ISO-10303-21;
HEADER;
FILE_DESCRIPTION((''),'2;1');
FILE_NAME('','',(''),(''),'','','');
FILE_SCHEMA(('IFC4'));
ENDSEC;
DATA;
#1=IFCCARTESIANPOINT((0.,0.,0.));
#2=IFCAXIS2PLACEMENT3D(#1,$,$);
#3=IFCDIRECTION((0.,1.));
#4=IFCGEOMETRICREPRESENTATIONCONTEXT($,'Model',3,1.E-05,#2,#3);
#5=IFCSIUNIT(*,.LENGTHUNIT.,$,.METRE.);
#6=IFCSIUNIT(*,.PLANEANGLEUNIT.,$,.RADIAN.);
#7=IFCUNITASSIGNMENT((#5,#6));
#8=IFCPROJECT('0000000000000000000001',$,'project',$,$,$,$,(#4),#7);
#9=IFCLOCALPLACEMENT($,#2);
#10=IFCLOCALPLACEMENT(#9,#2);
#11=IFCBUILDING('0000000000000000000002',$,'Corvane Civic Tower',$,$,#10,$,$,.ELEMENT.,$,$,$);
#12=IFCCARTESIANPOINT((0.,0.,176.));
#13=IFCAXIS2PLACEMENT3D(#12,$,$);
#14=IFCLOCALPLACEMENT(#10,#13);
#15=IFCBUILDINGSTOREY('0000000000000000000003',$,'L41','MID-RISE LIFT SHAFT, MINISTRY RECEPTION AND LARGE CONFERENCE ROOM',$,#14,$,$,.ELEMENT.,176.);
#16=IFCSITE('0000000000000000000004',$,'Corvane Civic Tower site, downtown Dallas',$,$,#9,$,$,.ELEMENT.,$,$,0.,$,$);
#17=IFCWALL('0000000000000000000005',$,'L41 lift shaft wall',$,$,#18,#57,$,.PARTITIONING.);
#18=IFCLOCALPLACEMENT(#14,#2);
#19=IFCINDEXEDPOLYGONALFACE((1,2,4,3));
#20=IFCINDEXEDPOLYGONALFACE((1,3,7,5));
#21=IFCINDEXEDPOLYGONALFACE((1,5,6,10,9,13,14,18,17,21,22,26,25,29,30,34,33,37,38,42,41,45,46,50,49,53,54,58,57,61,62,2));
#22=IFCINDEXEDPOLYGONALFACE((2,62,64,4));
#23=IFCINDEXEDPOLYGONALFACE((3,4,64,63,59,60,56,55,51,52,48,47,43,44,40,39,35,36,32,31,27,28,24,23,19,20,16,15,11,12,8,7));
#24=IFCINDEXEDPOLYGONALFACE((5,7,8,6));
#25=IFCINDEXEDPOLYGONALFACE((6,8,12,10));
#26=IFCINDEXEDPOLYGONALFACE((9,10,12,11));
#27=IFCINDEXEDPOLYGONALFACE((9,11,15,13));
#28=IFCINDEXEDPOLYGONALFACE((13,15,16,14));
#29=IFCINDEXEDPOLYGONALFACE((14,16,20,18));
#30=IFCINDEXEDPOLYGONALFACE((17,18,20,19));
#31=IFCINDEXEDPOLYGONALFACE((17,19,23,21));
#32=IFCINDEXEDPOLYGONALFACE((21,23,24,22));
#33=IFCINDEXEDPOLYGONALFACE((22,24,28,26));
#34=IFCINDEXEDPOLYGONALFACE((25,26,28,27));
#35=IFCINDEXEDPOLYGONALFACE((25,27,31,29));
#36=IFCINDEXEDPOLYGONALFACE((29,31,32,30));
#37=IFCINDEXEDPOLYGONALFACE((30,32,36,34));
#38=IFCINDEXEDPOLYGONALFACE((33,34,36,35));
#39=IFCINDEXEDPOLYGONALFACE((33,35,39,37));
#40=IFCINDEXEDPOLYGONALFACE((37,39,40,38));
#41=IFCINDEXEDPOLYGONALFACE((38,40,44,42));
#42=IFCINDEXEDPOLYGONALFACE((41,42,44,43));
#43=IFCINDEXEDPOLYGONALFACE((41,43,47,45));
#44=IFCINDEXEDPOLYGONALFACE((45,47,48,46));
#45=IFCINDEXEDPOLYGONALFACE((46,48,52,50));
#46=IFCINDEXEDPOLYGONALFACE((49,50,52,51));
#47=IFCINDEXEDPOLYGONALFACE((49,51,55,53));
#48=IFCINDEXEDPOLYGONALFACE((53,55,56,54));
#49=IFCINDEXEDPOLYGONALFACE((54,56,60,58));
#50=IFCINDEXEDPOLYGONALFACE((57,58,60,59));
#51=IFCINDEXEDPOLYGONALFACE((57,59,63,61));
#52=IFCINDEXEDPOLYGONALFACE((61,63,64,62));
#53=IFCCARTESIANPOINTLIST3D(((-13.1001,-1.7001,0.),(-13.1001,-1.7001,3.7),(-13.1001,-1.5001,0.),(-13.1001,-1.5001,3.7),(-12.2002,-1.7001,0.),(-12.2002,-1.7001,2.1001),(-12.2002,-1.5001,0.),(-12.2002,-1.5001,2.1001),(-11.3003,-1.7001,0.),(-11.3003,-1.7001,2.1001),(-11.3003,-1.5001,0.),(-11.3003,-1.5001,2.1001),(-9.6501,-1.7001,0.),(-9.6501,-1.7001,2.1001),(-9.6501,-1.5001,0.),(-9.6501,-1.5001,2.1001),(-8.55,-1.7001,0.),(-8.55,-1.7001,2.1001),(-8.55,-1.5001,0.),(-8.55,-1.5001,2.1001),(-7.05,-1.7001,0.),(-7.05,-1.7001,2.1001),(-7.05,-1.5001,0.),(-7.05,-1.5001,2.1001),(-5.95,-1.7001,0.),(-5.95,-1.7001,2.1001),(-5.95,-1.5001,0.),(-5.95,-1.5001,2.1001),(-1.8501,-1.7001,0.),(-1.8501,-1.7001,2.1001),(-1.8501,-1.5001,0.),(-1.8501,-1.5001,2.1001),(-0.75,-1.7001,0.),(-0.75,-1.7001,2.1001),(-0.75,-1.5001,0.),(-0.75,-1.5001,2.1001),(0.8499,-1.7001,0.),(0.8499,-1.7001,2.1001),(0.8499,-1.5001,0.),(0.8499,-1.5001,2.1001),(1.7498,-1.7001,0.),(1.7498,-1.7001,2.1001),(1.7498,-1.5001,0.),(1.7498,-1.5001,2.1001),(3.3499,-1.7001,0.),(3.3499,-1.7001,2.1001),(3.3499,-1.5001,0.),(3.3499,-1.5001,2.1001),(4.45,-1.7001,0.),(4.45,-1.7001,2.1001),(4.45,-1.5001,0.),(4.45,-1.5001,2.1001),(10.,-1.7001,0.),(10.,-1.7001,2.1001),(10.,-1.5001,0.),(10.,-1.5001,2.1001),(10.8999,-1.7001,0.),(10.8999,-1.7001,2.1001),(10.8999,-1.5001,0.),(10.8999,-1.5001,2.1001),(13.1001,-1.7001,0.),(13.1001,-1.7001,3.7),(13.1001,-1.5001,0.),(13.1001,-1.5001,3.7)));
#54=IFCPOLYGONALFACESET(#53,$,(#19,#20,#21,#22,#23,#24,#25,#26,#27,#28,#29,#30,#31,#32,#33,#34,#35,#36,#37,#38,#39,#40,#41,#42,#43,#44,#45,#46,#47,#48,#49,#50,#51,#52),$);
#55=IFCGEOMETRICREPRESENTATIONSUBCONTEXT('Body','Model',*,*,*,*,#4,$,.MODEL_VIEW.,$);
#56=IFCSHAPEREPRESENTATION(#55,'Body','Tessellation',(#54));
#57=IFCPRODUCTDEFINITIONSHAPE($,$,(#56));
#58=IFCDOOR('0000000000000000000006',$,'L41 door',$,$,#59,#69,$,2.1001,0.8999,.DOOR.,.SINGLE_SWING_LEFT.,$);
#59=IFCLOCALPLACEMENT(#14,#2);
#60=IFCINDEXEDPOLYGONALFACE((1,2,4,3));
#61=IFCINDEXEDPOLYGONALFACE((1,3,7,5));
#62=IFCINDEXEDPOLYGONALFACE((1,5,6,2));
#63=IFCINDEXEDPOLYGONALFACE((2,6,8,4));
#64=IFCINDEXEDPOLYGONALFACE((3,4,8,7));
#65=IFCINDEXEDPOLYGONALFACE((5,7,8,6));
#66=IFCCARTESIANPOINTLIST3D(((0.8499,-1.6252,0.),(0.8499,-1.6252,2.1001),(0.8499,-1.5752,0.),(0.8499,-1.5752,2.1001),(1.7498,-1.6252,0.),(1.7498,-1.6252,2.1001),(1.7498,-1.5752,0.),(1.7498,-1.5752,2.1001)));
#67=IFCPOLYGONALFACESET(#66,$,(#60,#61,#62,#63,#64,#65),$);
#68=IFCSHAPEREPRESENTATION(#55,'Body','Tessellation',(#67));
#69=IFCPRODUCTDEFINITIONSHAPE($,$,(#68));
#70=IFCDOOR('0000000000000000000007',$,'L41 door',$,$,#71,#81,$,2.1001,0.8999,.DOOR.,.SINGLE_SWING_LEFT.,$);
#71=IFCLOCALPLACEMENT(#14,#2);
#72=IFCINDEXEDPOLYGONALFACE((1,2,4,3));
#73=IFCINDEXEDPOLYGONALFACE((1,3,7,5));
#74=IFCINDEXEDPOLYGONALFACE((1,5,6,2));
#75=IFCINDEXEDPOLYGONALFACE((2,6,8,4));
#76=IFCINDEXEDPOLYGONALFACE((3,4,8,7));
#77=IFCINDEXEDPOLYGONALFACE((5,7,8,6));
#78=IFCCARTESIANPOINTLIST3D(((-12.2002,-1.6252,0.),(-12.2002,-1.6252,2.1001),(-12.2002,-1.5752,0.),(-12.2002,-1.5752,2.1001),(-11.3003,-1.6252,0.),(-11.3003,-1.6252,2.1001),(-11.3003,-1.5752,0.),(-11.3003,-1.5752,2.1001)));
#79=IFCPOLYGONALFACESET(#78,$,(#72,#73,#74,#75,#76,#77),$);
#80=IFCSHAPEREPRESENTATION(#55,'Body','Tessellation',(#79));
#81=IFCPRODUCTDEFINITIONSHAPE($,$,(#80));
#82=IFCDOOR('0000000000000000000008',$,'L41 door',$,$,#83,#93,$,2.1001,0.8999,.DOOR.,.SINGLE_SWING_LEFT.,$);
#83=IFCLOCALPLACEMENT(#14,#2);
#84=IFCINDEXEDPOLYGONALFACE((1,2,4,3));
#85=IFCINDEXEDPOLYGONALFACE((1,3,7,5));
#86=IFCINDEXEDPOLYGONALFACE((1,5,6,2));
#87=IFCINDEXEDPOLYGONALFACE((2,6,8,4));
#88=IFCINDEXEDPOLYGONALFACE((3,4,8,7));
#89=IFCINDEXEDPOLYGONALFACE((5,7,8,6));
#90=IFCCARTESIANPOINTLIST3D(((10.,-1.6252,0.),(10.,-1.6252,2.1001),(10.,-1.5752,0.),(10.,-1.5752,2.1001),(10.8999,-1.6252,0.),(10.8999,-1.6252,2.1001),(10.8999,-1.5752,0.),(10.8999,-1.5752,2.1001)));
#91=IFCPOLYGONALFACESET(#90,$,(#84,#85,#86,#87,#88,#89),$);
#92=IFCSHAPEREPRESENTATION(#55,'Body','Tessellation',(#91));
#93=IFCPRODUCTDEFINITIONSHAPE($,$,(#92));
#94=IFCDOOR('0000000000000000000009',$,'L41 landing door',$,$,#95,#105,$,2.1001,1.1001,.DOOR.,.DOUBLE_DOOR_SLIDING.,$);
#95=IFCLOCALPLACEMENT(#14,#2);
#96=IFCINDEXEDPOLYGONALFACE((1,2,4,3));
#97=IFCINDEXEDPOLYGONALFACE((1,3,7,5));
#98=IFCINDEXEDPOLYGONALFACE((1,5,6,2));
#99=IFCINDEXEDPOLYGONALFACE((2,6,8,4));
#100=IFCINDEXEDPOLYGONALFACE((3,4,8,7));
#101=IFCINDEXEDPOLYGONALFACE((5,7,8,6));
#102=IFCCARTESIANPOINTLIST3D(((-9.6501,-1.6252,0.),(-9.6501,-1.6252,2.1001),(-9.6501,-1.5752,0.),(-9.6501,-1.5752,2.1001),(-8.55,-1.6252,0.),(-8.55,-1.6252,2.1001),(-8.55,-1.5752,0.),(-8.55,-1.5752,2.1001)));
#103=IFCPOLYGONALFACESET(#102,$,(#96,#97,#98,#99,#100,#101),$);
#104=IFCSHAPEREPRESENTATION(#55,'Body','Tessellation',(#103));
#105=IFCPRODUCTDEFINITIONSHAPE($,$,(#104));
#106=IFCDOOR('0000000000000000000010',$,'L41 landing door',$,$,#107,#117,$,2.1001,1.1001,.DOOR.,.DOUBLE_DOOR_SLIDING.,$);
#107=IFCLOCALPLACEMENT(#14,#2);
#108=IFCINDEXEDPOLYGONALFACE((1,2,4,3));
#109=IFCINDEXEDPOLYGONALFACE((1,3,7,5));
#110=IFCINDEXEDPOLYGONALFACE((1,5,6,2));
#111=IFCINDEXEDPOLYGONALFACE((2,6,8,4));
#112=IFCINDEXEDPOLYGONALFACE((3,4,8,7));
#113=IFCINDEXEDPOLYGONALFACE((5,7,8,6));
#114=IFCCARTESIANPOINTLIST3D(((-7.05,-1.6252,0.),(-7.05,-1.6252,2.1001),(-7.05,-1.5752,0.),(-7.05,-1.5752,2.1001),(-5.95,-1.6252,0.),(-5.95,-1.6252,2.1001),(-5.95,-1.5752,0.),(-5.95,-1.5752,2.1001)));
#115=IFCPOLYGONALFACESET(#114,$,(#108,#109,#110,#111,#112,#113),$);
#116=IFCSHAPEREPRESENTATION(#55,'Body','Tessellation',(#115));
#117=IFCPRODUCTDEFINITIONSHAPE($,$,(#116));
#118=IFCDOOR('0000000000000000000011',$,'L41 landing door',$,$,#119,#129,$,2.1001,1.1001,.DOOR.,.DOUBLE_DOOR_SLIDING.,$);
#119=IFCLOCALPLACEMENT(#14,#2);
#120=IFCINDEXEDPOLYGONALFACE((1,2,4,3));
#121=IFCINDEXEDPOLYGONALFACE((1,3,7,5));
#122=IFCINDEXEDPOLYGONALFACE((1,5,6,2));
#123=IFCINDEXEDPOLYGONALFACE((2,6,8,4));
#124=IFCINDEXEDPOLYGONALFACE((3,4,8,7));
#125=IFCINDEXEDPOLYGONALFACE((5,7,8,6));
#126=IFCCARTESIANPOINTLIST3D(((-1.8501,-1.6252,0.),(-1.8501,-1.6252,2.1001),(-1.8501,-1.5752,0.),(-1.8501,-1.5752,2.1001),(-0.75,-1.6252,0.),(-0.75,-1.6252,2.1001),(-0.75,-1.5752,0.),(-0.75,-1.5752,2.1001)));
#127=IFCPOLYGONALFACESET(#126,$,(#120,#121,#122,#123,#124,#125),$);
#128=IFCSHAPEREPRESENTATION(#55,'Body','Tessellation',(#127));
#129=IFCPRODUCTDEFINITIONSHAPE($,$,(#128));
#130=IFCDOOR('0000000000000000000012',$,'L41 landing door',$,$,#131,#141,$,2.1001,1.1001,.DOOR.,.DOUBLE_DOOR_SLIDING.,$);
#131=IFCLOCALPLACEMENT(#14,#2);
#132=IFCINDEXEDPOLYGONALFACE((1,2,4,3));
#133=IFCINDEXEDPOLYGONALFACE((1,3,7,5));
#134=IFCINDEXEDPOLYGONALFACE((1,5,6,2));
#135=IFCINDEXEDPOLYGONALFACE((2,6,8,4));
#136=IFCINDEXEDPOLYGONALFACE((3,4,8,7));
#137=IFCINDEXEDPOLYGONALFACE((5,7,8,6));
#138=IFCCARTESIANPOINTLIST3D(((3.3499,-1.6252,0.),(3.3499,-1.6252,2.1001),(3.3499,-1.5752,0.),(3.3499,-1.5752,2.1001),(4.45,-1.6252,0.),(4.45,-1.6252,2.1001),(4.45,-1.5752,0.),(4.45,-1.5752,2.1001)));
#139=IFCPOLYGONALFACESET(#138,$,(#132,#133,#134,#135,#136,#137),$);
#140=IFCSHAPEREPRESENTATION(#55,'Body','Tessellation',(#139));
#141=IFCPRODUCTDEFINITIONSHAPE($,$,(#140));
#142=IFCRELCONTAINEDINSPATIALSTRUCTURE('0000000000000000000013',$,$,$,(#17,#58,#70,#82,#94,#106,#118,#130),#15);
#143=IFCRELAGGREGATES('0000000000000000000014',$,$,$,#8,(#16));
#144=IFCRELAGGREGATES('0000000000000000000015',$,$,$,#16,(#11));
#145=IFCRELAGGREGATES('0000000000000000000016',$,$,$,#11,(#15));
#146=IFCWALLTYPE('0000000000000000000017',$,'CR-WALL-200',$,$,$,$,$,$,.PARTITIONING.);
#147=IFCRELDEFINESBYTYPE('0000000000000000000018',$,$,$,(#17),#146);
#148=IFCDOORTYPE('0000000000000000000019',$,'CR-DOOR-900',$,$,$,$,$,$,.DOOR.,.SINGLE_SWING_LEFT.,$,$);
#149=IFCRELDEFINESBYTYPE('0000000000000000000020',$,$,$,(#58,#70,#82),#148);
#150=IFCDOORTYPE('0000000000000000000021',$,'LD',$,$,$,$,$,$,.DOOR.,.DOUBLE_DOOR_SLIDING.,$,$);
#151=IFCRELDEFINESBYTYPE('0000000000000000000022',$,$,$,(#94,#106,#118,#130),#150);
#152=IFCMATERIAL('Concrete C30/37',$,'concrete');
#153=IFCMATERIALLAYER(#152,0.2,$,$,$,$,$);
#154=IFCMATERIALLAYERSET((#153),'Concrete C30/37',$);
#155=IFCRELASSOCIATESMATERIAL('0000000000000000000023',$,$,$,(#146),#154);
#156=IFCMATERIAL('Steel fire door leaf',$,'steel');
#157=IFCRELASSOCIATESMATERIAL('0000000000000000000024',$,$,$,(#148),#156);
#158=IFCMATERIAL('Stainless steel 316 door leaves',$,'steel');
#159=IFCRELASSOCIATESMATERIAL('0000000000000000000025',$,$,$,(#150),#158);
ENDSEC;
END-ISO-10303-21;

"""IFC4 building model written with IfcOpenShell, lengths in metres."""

from ifc_helpers import new_model, si_unit, direction, frame, frame_2d, origin, place, context, subcontext, project, spatial, rectangle, extrude, material, layer, layer_set, type_object, element, fill, save


model = new_model("IFC4")

# Units and contexts
model_context = context("Model", 3, precision=1e-05, world=origin(), true_north=direction((0.0, 1.0)))
body_context = subcontext(model_context, "Body", "Model", "MODEL_VIEW")
ifc_project = project(units=[si_unit("LENGTHUNIT", "METRE"), si_unit("PLANEANGLEUNIT", "RADIAN")], contexts=[model_context])

# Site, building, storey
site_placement = place(None, origin())
site = spatial("IfcSite", under=ifc_project, at=site_placement, Name="Corvane Civic Tower site, downtown Dallas", CompositionType="ELEMENT", RefElevation=0.0)
building_placement = place(site_placement, origin())
building = spatial("IfcBuilding", under=site, at=building_placement, Name="Corvane Civic Tower", CompositionType="ELEMENT")
storey_placement = place(building_placement, frame((0.0, 0.0, 176.0)))
storey = spatial("IfcBuildingStorey", under=building, at=storey_placement, Name="L41", Description="MID-RISE LIFT SHAFT, MINISTRY RECEPTION AND LARGE CONFERENCE ROOM", CompositionType="ELEMENT", Elevation=176.0)

# Shared definitions
ifc_material_1 = material(Name="Concrete C30/37", Category="concrete")
ifc_layer_1 = layer(ifc_material_1, 0.2)
ifc_layer_set_1 = layer_set([ifc_layer_1], Name="Concrete C30/37")
wall_type_1 = type_object("IfcWallType", Name="CR-WALL-200", PredefinedType="PARTITIONING", material=ifc_layer_set_1)
ifc_material_2 = material(Name="Steel fire door leaf", Category="steel")
door_type_1 = type_object("IfcDoorType", Name="CR-DOOR-900", OperationType="SINGLE_SWING_LEFT", PredefinedType="DOOR", material=ifc_material_2)

# Wall, openings, doors
wall_1_placement = place(storey_placement, frame((-13.1001, -1.6001, 0.0), z_axis=(0.0, 0.0, 1.0), x_axis=(1.0, 0.0, 0.0)))
wall_1 = element("IfcWall", 1, at=wall_1_placement, inside=storey, type_object=wall_type_1, Name="L41 lift shaft wall", PredefinedType="PARTITIONING", context=body_context, shape_type="SweptSolid", body=[
    extrude(rectangle(XDim=26.2002, YDim=0.2, at=frame_2d((13.1001, 0.0))), origin(), (0.0, 0.0, 1.0), 3.7),
])
opening_1_placement = place(wall_1_placement, frame((3.45, 0.0, 0.0)))
opening_1 = element("IfcOpeningElement", 2, at=opening_1_placement, cuts=wall_1, PredefinedType="OPENING", context=body_context, shape_type="SweptSolid", body=[
    extrude(rectangle(XDim=1.1001, YDim=2.1001, at=frame_2d((0.55, 1.05))), frame((0.0, 0.1099, 0.0), z_axis=(0.0, -1.0, 0.0), x_axis=(1.0, 0.0, 0.0)), (0.0, 0.0, 1.0), 0.22),
])
opening_2_placement = place(wall_1_placement, frame((6.05, 0.0, 0.0)))
opening_2 = element("IfcOpeningElement", 3, at=opening_2_placement, cuts=wall_1, PredefinedType="OPENING", context=body_context, shape_type="SweptSolid", body=[
    extrude(rectangle(XDim=1.1001, YDim=2.1001, at=frame_2d((0.55, 1.05))), frame((0.0, 0.1099, 0.0), z_axis=(0.0, -1.0, 0.0), x_axis=(1.0, 0.0, 0.0)), (0.0, 0.0, 1.0), 0.22),
])
opening_3_placement = place(wall_1_placement, frame((11.25, 0.0, 0.0)))
opening_3 = element("IfcOpeningElement", 4, at=opening_3_placement, cuts=wall_1, PredefinedType="OPENING", context=body_context, shape_type="SweptSolid", body=[
    extrude(rectangle(XDim=1.1001, YDim=2.1001, at=frame_2d((0.55, 1.05))), frame((0.0, 0.1099, 0.0), z_axis=(0.0, -1.0, 0.0), x_axis=(1.0, 0.0, 0.0)), (0.0, 0.0, 1.0), 0.22),
])
opening_4_placement = place(wall_1_placement, frame((13.95, 0.0, 0.0)))
opening_4 = element("IfcOpeningElement", 5, at=opening_4_placement, cuts=wall_1, PredefinedType="OPENING", context=body_context, shape_type="SweptSolid", body=[
    extrude(rectangle(XDim=0.8999, YDim=2.1001, at=frame_2d((0.45, 1.05))), frame((0.0, 0.1099, 0.0), z_axis=(0.0, -1.0, 0.0), x_axis=(1.0, 0.0, 0.0)), (0.0, 0.0, 1.0), 0.22),
])
opening_5_placement = place(wall_1_placement, frame((16.45, 0.0, 0.0)))
opening_5 = element("IfcOpeningElement", 6, at=opening_5_placement, cuts=wall_1, PredefinedType="OPENING", context=body_context, shape_type="SweptSolid", body=[
    extrude(rectangle(XDim=1.1001, YDim=2.1001, at=frame_2d((0.55, 1.05))), frame((0.0, 0.1099, 0.0), z_axis=(0.0, -1.0, 0.0), x_axis=(1.0, 0.0, 0.0)), (0.0, 0.0, 1.0), 0.22),
])
opening_6_placement = place(wall_1_placement, frame((0.8999, 0.0, 0.0)))
opening_6 = element("IfcOpeningElement", 7, at=opening_6_placement, cuts=wall_1, PredefinedType="OPENING", context=body_context, shape_type="SweptSolid", body=[
    extrude(rectangle(XDim=0.8999, YDim=2.1001, at=frame_2d((0.45, 1.05))), frame((0.0, 0.1099, 0.0), z_axis=(0.0, -1.0, 0.0), x_axis=(1.0, 0.0, 0.0)), (0.0, 0.0, 1.0), 0.22),
])
opening_7_placement = place(wall_1_placement, frame((23.1001, 0.0, 0.0)))
opening_7 = element("IfcOpeningElement", 8, at=opening_7_placement, cuts=wall_1, PredefinedType="OPENING", context=body_context, shape_type="SweptSolid", body=[
    extrude(rectangle(XDim=0.8999, YDim=2.1001, at=frame_2d((0.45, 1.05))), frame((0.0, 0.1099, 0.0), z_axis=(0.0, -1.0, 0.0), x_axis=(1.0, 0.0, 0.0)), (0.0, 0.0, 1.0), 0.22),
])
door_1_placement = place(opening_4_placement, origin())
door_1 = element("IfcDoor", 9, at=door_1_placement, inside=storey, type_object=door_type_1, Name="L41 door", OperationType="SINGLE_SWING_LEFT", OverallHeight=2.1001, OverallWidth=0.8999, PredefinedType="DOOR", context=body_context, shape_type="SweptSolid", body=[
    extrude(rectangle(XDim=0.8999, YDim=2.1001, at=frame_2d((0.45, 1.05))), frame((0.0, 0.0249, 0.0), z_axis=(0.0, -1.0, 0.0), x_axis=(1.0, 0.0, 0.0)), (0.0, 0.0, 1.0), 0.05),
])
fill(opening_4, door_1)
door_2_placement = place(opening_6_placement, origin())
door_2 = element("IfcDoor", 10, at=door_2_placement, inside=storey, type_object=door_type_1, Name="L41 door", OperationType="SINGLE_SWING_LEFT", OverallHeight=2.1001, OverallWidth=0.8999, PredefinedType="DOOR", context=body_context, shape_type="SweptSolid", body=[
    extrude(rectangle(XDim=0.8999, YDim=2.1001, at=frame_2d((0.45, 1.05))), frame((0.0, 0.0249, 0.0), z_axis=(0.0, -1.0, 0.0), x_axis=(1.0, 0.0, 0.0)), (0.0, 0.0, 1.0), 0.05),
])
fill(opening_6, door_2)
door_3_placement = place(opening_7_placement, origin())
door_3 = element("IfcDoor", 11, at=door_3_placement, inside=storey, type_object=door_type_1, Name="L41 door", OperationType="SINGLE_SWING_LEFT", OverallHeight=2.1001, OverallWidth=0.8999, PredefinedType="DOOR", context=body_context, shape_type="SweptSolid", body=[
    extrude(rectangle(XDim=0.8999, YDim=2.1001, at=frame_2d((0.45, 1.05))), frame((0.0, 0.0249, 0.0), z_axis=(0.0, -1.0, 0.0), x_axis=(1.0, 0.0, 0.0)), (0.0, 0.0, 1.0), 0.05),
])
fill(opening_7, door_3)
ifc_material_3 = material(Name="Stainless steel 316 door leaves", Category="steel")
door_type_2 = type_object("IfcDoorType", Name="LD", OperationType="DOUBLE_DOOR_SLIDING", PredefinedType="DOOR", material=ifc_material_3)
door_4_placement = place(opening_1_placement, origin())
door_4 = element("IfcDoor", 12, at=door_4_placement, inside=storey, type_object=door_type_2, Name="L41 landing door", OperationType="DOUBLE_DOOR_SLIDING", OverallHeight=2.1001, OverallWidth=1.1001, PredefinedType="DOOR", context=body_context, shape_type="SweptSolid", body=[
    extrude(rectangle(XDim=1.1001, YDim=2.1001, at=frame_2d((0.55, 1.05))), frame((0.0, 0.0249, 0.0), z_axis=(0.0, -1.0, 0.0), x_axis=(1.0, 0.0, 0.0)), (0.0, 0.0, 1.0), 0.05),
])
fill(opening_1, door_4)
door_5_placement = place(opening_2_placement, origin())
door_5 = element("IfcDoor", 13, at=door_5_placement, inside=storey, type_object=door_type_2, Name="L41 landing door", OperationType="DOUBLE_DOOR_SLIDING", OverallHeight=2.1001, OverallWidth=1.1001, PredefinedType="DOOR", context=body_context, shape_type="SweptSolid", body=[
    extrude(rectangle(XDim=1.1001, YDim=2.1001, at=frame_2d((0.55, 1.05))), frame((0.0, 0.0249, 0.0), z_axis=(0.0, -1.0, 0.0), x_axis=(1.0, 0.0, 0.0)), (0.0, 0.0, 1.0), 0.05),
])
fill(opening_2, door_5)
door_6_placement = place(opening_3_placement, origin())
door_6 = element("IfcDoor", 14, at=door_6_placement, inside=storey, type_object=door_type_2, Name="L41 landing door", OperationType="DOUBLE_DOOR_SLIDING", OverallHeight=2.1001, OverallWidth=1.1001, PredefinedType="DOOR", context=body_context, shape_type="SweptSolid", body=[
    extrude(rectangle(XDim=1.1001, YDim=2.1001, at=frame_2d((0.55, 1.05))), frame((0.0, 0.0249, 0.0), z_axis=(0.0, -1.0, 0.0), x_axis=(1.0, 0.0, 0.0)), (0.0, 0.0, 1.0), 0.05),
])
fill(opening_3, door_6)
door_7_placement = place(opening_5_placement, origin())
door_7 = element("IfcDoor", 15, at=door_7_placement, inside=storey, type_object=door_type_2, Name="L41 landing door", OperationType="DOUBLE_DOOR_SLIDING", OverallHeight=2.1001, OverallWidth=1.1001, PredefinedType="DOOR", context=body_context, shape_type="SweptSolid", body=[
    extrude(rectangle(XDim=1.1001, YDim=2.1001, at=frame_2d((0.55, 1.05))), frame((0.0, 0.0249, 0.0), z_axis=(0.0, -1.0, 0.0), x_axis=(1.0, 0.0, 0.0)), (0.0, 0.0, 1.0), 0.05),
])
fill(opening_5, door_7)

save(model, "model.ifc")
